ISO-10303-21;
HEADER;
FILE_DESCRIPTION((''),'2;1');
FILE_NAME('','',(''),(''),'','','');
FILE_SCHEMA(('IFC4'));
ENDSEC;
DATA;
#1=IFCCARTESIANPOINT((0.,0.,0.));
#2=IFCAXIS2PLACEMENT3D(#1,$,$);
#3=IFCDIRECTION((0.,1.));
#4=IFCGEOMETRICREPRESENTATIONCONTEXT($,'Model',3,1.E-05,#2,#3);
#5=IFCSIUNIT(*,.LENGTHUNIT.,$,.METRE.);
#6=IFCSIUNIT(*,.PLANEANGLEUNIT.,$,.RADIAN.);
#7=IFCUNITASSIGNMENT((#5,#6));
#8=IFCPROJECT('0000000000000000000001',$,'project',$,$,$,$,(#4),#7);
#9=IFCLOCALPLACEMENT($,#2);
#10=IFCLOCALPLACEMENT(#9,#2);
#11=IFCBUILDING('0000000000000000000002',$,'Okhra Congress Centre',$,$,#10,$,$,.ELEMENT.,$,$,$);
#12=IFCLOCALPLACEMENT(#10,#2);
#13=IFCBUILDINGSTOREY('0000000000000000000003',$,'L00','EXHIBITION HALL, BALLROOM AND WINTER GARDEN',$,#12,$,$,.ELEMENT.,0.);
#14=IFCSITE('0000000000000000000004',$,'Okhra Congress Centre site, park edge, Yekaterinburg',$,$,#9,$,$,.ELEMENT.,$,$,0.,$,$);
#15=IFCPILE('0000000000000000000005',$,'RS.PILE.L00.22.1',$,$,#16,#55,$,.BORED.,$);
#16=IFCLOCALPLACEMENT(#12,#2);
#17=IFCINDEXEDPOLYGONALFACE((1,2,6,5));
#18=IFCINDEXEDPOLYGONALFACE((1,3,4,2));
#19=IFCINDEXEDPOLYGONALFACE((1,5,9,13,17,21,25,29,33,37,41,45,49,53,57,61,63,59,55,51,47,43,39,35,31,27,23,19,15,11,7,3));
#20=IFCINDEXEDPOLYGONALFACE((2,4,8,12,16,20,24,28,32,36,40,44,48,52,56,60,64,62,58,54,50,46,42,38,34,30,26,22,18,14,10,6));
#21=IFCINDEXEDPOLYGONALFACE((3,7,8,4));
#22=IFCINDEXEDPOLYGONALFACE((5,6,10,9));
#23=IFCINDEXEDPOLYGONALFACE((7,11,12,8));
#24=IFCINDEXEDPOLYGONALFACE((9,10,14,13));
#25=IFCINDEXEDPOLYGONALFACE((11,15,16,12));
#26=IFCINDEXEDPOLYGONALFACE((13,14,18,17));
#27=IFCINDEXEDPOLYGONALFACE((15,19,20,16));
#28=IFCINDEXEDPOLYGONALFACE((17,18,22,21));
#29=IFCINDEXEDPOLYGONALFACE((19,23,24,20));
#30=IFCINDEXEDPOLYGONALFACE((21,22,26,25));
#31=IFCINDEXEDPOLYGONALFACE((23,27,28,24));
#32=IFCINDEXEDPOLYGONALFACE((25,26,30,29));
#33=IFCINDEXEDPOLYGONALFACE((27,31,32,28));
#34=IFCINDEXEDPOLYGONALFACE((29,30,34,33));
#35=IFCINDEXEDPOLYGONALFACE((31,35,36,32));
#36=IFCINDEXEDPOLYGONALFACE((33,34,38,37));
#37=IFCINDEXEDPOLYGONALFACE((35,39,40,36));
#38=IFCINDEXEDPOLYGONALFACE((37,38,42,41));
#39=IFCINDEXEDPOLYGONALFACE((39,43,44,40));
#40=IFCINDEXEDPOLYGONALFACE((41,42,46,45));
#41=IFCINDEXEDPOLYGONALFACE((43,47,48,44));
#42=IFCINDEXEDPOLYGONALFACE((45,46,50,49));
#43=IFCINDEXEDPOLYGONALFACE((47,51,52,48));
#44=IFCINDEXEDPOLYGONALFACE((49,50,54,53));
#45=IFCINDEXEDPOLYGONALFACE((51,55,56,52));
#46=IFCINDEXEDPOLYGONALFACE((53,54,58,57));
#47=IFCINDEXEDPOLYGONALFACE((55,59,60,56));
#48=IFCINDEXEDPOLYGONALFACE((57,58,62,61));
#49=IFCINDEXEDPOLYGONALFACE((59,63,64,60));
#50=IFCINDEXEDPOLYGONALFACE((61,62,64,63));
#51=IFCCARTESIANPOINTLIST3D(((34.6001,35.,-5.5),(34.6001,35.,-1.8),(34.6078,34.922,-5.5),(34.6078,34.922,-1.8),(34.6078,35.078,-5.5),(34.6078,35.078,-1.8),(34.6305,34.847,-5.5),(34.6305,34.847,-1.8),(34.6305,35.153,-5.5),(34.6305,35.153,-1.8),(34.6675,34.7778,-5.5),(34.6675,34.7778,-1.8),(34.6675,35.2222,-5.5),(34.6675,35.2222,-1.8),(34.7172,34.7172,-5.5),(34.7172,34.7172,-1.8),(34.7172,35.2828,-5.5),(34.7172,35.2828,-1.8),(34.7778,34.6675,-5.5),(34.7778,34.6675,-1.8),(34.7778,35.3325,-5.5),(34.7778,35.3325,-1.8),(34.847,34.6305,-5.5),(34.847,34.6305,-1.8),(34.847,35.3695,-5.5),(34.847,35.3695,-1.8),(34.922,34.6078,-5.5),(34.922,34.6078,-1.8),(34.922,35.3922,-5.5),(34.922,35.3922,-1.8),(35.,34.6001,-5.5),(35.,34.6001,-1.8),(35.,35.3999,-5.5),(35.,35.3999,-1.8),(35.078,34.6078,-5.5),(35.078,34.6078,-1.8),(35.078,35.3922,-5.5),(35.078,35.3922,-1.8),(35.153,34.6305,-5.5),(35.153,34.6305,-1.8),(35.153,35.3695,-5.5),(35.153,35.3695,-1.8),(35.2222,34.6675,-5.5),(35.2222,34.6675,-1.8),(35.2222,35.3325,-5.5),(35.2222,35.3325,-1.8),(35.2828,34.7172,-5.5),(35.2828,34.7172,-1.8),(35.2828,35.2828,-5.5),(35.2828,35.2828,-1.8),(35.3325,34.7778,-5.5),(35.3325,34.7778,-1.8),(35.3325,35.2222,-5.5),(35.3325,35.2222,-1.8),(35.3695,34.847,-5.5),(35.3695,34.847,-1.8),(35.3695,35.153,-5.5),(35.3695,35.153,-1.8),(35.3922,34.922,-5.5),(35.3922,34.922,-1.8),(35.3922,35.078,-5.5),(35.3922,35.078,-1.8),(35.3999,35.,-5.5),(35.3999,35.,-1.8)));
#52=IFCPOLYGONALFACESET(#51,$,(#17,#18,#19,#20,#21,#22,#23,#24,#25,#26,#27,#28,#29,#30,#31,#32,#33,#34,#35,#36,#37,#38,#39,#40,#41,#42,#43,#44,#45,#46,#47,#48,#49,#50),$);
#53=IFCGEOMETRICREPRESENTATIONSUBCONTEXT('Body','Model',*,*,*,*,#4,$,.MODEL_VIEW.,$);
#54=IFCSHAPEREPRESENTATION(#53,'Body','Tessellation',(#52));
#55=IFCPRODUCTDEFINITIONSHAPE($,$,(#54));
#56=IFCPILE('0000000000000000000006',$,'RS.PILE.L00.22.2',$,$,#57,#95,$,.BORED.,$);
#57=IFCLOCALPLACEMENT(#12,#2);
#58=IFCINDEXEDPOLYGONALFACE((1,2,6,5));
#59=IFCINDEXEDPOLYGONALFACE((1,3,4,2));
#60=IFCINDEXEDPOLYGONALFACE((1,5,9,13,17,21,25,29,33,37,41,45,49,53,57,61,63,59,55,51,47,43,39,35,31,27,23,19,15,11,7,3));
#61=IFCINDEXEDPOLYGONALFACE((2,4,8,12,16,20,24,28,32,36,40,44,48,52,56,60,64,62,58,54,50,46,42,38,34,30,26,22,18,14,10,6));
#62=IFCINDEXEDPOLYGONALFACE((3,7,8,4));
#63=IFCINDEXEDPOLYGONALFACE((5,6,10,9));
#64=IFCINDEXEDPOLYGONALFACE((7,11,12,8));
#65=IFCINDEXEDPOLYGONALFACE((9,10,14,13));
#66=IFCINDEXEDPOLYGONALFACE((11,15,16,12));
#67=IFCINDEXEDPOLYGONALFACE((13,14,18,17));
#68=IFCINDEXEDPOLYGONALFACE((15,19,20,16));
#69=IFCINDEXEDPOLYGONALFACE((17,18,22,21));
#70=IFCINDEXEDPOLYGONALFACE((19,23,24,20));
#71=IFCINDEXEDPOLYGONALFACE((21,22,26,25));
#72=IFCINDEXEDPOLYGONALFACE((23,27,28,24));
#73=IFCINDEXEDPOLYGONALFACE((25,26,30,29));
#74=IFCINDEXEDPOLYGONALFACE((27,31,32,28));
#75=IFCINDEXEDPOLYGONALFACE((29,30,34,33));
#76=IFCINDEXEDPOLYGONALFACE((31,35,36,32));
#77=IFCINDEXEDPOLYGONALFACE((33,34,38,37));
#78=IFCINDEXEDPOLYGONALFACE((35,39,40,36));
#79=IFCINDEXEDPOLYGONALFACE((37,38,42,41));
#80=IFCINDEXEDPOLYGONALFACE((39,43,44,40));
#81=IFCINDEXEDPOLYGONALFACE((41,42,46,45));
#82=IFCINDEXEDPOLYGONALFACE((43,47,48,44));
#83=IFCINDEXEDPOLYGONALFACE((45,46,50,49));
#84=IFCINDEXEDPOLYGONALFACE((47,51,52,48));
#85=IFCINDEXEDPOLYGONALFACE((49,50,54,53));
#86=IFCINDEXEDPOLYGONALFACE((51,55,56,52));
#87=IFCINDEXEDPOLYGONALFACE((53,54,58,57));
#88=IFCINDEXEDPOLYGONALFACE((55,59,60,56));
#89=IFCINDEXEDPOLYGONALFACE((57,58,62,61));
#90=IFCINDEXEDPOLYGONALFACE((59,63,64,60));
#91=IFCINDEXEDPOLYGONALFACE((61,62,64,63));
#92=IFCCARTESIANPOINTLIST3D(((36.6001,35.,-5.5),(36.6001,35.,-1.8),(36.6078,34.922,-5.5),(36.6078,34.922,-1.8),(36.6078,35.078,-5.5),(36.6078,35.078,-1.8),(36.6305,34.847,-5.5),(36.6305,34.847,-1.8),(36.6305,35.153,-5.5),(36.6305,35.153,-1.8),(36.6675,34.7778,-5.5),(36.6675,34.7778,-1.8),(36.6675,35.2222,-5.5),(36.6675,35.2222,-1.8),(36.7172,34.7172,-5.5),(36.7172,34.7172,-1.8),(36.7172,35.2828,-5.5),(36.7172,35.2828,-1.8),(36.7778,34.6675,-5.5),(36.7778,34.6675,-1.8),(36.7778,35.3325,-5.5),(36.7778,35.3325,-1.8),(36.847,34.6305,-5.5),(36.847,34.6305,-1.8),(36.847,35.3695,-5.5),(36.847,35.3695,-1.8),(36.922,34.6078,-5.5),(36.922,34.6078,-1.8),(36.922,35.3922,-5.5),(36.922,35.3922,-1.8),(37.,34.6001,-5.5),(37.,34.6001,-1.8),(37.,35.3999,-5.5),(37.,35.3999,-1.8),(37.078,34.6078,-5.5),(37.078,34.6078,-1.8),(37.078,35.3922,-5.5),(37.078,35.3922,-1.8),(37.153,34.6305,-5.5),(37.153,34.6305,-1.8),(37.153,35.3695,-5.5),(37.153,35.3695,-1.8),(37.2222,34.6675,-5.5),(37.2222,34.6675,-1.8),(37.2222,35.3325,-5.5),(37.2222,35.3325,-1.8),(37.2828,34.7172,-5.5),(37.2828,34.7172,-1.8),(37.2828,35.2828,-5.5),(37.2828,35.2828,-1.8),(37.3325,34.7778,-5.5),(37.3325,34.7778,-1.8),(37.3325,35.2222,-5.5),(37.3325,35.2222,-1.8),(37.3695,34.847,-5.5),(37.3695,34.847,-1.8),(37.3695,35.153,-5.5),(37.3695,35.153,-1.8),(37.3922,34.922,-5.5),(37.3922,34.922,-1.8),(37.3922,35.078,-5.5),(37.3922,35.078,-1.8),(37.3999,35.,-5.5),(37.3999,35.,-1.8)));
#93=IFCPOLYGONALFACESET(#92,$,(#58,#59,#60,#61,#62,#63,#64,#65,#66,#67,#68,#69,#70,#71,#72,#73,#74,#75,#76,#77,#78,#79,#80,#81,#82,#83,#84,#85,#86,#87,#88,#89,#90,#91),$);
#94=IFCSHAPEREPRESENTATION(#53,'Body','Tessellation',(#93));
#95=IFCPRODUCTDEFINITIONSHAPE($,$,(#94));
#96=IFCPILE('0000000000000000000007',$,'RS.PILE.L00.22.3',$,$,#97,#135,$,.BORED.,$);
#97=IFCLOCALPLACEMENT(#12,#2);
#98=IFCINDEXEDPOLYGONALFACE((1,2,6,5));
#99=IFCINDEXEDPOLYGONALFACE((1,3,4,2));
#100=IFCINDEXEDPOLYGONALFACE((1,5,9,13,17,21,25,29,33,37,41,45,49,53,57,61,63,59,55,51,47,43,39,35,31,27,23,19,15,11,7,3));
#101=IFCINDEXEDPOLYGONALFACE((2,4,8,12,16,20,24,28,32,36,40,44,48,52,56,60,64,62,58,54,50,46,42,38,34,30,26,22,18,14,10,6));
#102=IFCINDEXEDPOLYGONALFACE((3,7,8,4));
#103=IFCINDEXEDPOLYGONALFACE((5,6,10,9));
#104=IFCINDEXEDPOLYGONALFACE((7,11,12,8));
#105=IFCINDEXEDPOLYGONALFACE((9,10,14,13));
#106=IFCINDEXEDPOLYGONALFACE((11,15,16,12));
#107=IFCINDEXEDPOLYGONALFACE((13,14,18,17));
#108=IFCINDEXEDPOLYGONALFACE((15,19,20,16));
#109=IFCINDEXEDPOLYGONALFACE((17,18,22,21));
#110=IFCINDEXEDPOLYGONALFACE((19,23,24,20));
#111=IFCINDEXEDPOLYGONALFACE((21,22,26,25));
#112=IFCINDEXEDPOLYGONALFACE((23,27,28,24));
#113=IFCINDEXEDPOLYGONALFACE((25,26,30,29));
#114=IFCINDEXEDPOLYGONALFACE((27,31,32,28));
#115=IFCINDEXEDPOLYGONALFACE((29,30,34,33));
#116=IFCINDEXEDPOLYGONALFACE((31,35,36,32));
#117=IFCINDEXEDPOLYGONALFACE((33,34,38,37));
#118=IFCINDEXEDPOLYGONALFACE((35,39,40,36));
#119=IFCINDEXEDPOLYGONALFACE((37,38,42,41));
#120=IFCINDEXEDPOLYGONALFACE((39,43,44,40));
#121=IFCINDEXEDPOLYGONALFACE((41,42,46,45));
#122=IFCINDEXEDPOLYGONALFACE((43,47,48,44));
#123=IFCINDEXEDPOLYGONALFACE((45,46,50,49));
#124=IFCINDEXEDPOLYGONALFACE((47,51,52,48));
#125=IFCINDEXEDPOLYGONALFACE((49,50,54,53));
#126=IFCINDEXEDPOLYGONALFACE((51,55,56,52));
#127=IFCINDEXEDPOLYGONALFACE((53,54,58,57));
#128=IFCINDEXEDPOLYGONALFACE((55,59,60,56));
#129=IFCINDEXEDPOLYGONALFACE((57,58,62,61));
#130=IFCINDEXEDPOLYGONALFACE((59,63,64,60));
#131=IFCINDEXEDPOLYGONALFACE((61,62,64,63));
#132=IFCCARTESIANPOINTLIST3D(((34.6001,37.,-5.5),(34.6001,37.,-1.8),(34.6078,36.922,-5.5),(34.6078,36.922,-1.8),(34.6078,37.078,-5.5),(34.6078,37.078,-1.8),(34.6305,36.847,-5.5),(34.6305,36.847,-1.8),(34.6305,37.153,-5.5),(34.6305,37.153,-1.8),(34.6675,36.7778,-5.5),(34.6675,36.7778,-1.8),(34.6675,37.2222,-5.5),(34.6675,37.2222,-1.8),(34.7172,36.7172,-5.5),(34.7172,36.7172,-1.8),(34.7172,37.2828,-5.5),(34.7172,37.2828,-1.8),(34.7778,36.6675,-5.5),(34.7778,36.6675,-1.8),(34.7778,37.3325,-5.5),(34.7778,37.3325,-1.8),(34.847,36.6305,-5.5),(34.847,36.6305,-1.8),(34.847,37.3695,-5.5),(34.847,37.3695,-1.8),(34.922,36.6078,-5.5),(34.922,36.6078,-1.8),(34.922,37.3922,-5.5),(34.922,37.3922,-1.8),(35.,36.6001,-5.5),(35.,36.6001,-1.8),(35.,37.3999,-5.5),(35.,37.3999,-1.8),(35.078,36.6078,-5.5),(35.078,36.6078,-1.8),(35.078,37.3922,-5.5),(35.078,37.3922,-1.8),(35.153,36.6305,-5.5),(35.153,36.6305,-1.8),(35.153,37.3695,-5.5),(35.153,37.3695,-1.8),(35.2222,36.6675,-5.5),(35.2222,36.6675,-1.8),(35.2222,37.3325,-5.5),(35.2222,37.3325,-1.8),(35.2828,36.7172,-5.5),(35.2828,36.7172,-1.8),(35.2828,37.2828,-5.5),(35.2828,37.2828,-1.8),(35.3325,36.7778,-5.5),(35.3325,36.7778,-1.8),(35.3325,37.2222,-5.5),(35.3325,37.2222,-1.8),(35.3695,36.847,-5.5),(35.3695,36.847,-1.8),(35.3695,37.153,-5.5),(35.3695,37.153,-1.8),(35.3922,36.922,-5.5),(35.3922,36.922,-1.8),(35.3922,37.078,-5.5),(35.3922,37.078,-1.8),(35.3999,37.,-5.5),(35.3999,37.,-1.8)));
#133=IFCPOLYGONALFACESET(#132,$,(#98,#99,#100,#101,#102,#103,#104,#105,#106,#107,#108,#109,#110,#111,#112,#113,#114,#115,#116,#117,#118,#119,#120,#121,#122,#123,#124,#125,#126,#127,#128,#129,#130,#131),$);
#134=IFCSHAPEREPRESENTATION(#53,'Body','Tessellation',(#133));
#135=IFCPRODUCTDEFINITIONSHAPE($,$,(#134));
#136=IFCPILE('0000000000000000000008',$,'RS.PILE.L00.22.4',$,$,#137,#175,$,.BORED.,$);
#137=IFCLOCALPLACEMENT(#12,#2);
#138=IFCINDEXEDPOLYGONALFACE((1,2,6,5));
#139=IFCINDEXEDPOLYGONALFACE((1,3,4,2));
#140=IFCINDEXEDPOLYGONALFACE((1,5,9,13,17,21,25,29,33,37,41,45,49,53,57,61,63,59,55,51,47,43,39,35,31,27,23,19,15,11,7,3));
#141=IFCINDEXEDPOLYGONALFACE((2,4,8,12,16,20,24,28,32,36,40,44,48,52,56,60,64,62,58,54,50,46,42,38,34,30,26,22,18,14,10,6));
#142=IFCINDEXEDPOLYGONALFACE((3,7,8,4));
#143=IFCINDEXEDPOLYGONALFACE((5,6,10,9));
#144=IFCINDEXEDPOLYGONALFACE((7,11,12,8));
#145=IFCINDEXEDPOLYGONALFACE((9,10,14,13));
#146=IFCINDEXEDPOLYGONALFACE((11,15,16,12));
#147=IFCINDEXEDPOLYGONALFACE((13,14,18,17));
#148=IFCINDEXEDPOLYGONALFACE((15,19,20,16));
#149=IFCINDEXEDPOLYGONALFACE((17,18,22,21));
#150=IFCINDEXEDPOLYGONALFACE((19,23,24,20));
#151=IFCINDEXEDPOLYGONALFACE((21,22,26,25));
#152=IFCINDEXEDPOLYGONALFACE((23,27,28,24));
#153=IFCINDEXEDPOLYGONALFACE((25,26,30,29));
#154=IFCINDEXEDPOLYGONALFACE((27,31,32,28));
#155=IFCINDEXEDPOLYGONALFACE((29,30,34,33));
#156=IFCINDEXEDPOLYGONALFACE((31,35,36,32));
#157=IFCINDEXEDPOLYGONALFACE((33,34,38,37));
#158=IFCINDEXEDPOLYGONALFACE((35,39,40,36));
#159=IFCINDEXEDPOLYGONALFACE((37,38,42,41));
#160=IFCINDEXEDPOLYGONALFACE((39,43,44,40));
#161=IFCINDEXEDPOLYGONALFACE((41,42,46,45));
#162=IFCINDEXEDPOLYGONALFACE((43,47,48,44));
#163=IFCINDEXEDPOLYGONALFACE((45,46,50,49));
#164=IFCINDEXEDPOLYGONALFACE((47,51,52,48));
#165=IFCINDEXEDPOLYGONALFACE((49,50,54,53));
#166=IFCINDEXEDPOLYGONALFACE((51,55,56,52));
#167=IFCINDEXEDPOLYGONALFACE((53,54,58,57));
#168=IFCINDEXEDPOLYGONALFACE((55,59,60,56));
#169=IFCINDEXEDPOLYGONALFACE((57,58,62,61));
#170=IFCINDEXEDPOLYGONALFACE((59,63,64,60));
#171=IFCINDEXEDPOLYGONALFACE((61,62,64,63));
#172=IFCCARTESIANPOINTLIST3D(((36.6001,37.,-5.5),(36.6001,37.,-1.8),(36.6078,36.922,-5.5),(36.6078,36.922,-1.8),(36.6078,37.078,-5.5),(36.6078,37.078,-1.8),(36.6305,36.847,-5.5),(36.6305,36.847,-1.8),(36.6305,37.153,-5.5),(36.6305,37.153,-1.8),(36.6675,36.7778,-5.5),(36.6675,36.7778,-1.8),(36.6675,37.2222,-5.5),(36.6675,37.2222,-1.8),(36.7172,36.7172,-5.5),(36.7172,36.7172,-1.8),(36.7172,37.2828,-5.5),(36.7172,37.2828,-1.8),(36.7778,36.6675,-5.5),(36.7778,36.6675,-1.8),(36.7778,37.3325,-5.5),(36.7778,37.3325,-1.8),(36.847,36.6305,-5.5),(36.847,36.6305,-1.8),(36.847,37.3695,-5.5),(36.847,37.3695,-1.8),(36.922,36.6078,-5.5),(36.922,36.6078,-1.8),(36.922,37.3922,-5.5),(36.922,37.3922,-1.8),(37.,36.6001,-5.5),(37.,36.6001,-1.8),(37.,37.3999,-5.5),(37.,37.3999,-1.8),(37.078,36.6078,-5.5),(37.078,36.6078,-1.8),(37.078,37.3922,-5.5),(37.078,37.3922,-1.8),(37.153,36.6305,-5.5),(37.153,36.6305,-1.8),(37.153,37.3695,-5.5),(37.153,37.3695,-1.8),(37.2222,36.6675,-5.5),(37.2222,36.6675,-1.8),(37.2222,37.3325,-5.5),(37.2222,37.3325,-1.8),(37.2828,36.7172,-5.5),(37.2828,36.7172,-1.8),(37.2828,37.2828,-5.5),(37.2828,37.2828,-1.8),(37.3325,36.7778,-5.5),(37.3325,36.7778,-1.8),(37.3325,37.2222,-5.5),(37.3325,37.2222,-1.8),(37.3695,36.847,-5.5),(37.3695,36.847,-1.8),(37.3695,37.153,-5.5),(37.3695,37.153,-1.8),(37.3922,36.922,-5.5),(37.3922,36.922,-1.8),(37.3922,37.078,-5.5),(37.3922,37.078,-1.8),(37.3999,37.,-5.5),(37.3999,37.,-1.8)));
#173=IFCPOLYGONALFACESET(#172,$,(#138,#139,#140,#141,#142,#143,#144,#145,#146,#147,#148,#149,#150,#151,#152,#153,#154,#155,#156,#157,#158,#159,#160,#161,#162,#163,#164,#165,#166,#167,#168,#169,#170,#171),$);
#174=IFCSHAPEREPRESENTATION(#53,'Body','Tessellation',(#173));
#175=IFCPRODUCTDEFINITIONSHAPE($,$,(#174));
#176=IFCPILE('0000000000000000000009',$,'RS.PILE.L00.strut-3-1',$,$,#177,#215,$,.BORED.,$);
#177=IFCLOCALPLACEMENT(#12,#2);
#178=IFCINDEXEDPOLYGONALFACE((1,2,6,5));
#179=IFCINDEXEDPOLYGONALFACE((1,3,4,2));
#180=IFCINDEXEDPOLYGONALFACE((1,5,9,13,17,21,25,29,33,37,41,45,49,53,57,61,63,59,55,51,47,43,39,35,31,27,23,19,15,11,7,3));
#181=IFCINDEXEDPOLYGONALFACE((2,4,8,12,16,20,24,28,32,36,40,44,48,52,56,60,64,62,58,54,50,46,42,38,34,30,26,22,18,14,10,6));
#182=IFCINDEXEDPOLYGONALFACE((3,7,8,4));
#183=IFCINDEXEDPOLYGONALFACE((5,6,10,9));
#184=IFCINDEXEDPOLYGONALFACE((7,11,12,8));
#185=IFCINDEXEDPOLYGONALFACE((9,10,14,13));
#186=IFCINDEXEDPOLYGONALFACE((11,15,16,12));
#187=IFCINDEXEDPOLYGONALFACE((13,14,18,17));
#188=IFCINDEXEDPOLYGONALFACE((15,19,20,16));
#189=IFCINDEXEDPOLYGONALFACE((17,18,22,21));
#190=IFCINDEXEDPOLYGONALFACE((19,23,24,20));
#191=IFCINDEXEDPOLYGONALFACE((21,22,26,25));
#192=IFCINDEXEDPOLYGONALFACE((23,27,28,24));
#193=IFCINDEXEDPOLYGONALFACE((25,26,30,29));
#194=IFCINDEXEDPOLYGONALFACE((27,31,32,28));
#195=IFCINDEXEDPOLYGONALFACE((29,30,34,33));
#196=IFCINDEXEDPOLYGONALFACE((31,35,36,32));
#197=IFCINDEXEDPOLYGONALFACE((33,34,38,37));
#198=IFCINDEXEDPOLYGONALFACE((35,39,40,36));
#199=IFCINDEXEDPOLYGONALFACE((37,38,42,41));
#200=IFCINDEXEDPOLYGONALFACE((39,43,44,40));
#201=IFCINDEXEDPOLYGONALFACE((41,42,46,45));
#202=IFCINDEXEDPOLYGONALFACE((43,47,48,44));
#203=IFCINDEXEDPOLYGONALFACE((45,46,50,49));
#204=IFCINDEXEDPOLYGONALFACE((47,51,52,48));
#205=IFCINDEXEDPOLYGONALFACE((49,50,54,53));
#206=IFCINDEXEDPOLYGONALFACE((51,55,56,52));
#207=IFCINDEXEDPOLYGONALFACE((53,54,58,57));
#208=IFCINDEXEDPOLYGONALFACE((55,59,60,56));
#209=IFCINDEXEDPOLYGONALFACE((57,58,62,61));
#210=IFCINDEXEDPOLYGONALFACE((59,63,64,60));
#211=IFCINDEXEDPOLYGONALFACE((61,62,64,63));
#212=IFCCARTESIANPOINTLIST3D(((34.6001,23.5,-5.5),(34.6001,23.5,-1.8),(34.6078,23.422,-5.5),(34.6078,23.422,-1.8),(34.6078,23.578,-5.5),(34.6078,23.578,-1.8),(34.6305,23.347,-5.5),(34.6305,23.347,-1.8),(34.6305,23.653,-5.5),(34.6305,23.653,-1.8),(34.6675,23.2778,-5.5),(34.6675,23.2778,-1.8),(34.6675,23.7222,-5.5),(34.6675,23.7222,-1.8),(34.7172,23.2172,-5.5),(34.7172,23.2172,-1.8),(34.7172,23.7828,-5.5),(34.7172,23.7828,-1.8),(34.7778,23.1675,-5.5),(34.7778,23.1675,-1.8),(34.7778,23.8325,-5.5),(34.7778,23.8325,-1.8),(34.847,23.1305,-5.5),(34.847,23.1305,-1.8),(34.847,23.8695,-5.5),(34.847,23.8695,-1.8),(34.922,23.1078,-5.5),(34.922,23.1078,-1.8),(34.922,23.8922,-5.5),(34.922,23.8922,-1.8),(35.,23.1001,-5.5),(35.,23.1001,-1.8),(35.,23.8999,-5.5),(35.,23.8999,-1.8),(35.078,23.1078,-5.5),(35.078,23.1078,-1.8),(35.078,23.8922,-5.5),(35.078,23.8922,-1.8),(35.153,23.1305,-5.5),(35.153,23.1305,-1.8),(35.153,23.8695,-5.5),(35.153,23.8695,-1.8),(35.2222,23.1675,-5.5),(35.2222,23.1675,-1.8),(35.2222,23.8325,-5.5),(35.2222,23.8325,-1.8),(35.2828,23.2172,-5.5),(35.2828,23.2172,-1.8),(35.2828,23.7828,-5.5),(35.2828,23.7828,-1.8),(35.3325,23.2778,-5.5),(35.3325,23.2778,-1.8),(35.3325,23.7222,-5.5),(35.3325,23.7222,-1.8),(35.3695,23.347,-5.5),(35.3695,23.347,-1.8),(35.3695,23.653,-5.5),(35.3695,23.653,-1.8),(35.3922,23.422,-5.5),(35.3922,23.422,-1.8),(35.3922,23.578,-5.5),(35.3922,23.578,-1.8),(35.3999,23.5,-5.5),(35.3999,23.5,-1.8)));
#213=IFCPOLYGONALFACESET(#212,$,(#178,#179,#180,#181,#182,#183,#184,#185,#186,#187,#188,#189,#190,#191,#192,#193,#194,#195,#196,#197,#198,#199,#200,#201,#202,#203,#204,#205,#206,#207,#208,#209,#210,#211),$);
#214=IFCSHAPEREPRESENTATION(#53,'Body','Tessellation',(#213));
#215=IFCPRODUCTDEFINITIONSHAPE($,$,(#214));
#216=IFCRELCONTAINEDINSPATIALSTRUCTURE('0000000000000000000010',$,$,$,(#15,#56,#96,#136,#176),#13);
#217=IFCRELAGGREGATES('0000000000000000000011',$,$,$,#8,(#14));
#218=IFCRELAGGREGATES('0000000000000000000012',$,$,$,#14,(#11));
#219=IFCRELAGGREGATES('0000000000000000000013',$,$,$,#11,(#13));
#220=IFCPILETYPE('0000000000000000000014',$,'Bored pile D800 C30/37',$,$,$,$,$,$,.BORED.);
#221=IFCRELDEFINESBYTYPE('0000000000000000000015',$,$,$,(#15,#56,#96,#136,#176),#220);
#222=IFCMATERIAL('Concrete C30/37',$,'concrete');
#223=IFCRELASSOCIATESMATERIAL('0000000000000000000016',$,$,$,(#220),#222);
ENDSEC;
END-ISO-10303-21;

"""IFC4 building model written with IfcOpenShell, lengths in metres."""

from ifc_helpers import new_model, si_unit, direction, frame, origin, origin_2d, place, context, subcontext, project, spatial, circle, extrude, material, material_profile, profile_set, type_object, element, save


model = new_model("IFC4")

# Units and contexts
model_context = context("Model", 3, precision=1e-05, world=origin(), true_north=direction((0.0, 1.0)))
body_context = subcontext(model_context, "Body", "Model", "MODEL_VIEW")
ifc_project = project(units=[si_unit("LENGTHUNIT", "METRE"), si_unit("PLANEANGLEUNIT", "RADIAN")], contexts=[model_context])

# Site, building, storey
site_placement = place(None, origin())
site = spatial("IfcSite", under=ifc_project, at=site_placement, Name="Okhra Congress Centre site, park edge, Yekaterinburg", CompositionType="ELEMENT", RefElevation=0.0)
building_placement = place(site_placement, origin())
building = spatial("IfcBuilding", under=site, at=building_placement, Name="Okhra Congress Centre", CompositionType="ELEMENT")
storey_placement = place(building_placement, origin())
storey = spatial("IfcBuildingStorey", under=building, at=storey_placement, Name="L00", Description="EXHIBITION HALL, BALLROOM AND WINTER GARDEN", CompositionType="ELEMENT", Elevation=0.0)

# Piles
ifc_material_1 = material(Name="Concrete C30/37", Category="concrete")
ifc_material_profile_1 = material_profile(ifc_material_1, circle(Radius=0.3999, at=origin_2d()), Name="D800")
ifc_profile_set_1 = profile_set([ifc_material_profile_1], Name="Concrete C30/37")
pile_type = type_object("IfcPileType", Name="Bored pile D800 C30/37", PredefinedType="BORED", material=ifc_profile_set_1)
for number, where, z_axis, x_axis, name in (
    (1, (35.0, 35.0, -1.8), (0.0, 0.0, -1.0), (1.0, 0.0, 0.0), "RS.PILE.L00.22.1"),
    (2, (37.0, 35.0, -1.8), (0.0, 0.0, -1.0), (1.0, 0.0, 0.0), "RS.PILE.L00.22.2"),
    (3, (35.0, 37.0, -1.8), (0.0, 0.0, -1.0), (1.0, 0.0, 0.0), "RS.PILE.L00.22.3"),
    (4, (37.0, 37.0, -1.8), (0.0, 0.0, -1.0), (1.0, 0.0, 0.0), "RS.PILE.L00.22.4"),
    (5, (35.0, 23.5, -1.8), (0.0, 0.0, -1.0), (1.0, 0.0, 0.0), "RS.PILE.L00.strut-3-1"),
):
    element("IfcPile", number, at=place(storey_placement, frame(where, z_axis=z_axis, x_axis=x_axis)), inside=storey, type_object=pile_type, Name=name, PredefinedType="BORED", context=body_context, shape_type="SweptSolid", body=[
        extrude(circle(Radius=0.3999, at=origin_2d()), origin(), (0.0, 0.0, 1.0), 3.7),
    ])

save(model, "model.ifc")
